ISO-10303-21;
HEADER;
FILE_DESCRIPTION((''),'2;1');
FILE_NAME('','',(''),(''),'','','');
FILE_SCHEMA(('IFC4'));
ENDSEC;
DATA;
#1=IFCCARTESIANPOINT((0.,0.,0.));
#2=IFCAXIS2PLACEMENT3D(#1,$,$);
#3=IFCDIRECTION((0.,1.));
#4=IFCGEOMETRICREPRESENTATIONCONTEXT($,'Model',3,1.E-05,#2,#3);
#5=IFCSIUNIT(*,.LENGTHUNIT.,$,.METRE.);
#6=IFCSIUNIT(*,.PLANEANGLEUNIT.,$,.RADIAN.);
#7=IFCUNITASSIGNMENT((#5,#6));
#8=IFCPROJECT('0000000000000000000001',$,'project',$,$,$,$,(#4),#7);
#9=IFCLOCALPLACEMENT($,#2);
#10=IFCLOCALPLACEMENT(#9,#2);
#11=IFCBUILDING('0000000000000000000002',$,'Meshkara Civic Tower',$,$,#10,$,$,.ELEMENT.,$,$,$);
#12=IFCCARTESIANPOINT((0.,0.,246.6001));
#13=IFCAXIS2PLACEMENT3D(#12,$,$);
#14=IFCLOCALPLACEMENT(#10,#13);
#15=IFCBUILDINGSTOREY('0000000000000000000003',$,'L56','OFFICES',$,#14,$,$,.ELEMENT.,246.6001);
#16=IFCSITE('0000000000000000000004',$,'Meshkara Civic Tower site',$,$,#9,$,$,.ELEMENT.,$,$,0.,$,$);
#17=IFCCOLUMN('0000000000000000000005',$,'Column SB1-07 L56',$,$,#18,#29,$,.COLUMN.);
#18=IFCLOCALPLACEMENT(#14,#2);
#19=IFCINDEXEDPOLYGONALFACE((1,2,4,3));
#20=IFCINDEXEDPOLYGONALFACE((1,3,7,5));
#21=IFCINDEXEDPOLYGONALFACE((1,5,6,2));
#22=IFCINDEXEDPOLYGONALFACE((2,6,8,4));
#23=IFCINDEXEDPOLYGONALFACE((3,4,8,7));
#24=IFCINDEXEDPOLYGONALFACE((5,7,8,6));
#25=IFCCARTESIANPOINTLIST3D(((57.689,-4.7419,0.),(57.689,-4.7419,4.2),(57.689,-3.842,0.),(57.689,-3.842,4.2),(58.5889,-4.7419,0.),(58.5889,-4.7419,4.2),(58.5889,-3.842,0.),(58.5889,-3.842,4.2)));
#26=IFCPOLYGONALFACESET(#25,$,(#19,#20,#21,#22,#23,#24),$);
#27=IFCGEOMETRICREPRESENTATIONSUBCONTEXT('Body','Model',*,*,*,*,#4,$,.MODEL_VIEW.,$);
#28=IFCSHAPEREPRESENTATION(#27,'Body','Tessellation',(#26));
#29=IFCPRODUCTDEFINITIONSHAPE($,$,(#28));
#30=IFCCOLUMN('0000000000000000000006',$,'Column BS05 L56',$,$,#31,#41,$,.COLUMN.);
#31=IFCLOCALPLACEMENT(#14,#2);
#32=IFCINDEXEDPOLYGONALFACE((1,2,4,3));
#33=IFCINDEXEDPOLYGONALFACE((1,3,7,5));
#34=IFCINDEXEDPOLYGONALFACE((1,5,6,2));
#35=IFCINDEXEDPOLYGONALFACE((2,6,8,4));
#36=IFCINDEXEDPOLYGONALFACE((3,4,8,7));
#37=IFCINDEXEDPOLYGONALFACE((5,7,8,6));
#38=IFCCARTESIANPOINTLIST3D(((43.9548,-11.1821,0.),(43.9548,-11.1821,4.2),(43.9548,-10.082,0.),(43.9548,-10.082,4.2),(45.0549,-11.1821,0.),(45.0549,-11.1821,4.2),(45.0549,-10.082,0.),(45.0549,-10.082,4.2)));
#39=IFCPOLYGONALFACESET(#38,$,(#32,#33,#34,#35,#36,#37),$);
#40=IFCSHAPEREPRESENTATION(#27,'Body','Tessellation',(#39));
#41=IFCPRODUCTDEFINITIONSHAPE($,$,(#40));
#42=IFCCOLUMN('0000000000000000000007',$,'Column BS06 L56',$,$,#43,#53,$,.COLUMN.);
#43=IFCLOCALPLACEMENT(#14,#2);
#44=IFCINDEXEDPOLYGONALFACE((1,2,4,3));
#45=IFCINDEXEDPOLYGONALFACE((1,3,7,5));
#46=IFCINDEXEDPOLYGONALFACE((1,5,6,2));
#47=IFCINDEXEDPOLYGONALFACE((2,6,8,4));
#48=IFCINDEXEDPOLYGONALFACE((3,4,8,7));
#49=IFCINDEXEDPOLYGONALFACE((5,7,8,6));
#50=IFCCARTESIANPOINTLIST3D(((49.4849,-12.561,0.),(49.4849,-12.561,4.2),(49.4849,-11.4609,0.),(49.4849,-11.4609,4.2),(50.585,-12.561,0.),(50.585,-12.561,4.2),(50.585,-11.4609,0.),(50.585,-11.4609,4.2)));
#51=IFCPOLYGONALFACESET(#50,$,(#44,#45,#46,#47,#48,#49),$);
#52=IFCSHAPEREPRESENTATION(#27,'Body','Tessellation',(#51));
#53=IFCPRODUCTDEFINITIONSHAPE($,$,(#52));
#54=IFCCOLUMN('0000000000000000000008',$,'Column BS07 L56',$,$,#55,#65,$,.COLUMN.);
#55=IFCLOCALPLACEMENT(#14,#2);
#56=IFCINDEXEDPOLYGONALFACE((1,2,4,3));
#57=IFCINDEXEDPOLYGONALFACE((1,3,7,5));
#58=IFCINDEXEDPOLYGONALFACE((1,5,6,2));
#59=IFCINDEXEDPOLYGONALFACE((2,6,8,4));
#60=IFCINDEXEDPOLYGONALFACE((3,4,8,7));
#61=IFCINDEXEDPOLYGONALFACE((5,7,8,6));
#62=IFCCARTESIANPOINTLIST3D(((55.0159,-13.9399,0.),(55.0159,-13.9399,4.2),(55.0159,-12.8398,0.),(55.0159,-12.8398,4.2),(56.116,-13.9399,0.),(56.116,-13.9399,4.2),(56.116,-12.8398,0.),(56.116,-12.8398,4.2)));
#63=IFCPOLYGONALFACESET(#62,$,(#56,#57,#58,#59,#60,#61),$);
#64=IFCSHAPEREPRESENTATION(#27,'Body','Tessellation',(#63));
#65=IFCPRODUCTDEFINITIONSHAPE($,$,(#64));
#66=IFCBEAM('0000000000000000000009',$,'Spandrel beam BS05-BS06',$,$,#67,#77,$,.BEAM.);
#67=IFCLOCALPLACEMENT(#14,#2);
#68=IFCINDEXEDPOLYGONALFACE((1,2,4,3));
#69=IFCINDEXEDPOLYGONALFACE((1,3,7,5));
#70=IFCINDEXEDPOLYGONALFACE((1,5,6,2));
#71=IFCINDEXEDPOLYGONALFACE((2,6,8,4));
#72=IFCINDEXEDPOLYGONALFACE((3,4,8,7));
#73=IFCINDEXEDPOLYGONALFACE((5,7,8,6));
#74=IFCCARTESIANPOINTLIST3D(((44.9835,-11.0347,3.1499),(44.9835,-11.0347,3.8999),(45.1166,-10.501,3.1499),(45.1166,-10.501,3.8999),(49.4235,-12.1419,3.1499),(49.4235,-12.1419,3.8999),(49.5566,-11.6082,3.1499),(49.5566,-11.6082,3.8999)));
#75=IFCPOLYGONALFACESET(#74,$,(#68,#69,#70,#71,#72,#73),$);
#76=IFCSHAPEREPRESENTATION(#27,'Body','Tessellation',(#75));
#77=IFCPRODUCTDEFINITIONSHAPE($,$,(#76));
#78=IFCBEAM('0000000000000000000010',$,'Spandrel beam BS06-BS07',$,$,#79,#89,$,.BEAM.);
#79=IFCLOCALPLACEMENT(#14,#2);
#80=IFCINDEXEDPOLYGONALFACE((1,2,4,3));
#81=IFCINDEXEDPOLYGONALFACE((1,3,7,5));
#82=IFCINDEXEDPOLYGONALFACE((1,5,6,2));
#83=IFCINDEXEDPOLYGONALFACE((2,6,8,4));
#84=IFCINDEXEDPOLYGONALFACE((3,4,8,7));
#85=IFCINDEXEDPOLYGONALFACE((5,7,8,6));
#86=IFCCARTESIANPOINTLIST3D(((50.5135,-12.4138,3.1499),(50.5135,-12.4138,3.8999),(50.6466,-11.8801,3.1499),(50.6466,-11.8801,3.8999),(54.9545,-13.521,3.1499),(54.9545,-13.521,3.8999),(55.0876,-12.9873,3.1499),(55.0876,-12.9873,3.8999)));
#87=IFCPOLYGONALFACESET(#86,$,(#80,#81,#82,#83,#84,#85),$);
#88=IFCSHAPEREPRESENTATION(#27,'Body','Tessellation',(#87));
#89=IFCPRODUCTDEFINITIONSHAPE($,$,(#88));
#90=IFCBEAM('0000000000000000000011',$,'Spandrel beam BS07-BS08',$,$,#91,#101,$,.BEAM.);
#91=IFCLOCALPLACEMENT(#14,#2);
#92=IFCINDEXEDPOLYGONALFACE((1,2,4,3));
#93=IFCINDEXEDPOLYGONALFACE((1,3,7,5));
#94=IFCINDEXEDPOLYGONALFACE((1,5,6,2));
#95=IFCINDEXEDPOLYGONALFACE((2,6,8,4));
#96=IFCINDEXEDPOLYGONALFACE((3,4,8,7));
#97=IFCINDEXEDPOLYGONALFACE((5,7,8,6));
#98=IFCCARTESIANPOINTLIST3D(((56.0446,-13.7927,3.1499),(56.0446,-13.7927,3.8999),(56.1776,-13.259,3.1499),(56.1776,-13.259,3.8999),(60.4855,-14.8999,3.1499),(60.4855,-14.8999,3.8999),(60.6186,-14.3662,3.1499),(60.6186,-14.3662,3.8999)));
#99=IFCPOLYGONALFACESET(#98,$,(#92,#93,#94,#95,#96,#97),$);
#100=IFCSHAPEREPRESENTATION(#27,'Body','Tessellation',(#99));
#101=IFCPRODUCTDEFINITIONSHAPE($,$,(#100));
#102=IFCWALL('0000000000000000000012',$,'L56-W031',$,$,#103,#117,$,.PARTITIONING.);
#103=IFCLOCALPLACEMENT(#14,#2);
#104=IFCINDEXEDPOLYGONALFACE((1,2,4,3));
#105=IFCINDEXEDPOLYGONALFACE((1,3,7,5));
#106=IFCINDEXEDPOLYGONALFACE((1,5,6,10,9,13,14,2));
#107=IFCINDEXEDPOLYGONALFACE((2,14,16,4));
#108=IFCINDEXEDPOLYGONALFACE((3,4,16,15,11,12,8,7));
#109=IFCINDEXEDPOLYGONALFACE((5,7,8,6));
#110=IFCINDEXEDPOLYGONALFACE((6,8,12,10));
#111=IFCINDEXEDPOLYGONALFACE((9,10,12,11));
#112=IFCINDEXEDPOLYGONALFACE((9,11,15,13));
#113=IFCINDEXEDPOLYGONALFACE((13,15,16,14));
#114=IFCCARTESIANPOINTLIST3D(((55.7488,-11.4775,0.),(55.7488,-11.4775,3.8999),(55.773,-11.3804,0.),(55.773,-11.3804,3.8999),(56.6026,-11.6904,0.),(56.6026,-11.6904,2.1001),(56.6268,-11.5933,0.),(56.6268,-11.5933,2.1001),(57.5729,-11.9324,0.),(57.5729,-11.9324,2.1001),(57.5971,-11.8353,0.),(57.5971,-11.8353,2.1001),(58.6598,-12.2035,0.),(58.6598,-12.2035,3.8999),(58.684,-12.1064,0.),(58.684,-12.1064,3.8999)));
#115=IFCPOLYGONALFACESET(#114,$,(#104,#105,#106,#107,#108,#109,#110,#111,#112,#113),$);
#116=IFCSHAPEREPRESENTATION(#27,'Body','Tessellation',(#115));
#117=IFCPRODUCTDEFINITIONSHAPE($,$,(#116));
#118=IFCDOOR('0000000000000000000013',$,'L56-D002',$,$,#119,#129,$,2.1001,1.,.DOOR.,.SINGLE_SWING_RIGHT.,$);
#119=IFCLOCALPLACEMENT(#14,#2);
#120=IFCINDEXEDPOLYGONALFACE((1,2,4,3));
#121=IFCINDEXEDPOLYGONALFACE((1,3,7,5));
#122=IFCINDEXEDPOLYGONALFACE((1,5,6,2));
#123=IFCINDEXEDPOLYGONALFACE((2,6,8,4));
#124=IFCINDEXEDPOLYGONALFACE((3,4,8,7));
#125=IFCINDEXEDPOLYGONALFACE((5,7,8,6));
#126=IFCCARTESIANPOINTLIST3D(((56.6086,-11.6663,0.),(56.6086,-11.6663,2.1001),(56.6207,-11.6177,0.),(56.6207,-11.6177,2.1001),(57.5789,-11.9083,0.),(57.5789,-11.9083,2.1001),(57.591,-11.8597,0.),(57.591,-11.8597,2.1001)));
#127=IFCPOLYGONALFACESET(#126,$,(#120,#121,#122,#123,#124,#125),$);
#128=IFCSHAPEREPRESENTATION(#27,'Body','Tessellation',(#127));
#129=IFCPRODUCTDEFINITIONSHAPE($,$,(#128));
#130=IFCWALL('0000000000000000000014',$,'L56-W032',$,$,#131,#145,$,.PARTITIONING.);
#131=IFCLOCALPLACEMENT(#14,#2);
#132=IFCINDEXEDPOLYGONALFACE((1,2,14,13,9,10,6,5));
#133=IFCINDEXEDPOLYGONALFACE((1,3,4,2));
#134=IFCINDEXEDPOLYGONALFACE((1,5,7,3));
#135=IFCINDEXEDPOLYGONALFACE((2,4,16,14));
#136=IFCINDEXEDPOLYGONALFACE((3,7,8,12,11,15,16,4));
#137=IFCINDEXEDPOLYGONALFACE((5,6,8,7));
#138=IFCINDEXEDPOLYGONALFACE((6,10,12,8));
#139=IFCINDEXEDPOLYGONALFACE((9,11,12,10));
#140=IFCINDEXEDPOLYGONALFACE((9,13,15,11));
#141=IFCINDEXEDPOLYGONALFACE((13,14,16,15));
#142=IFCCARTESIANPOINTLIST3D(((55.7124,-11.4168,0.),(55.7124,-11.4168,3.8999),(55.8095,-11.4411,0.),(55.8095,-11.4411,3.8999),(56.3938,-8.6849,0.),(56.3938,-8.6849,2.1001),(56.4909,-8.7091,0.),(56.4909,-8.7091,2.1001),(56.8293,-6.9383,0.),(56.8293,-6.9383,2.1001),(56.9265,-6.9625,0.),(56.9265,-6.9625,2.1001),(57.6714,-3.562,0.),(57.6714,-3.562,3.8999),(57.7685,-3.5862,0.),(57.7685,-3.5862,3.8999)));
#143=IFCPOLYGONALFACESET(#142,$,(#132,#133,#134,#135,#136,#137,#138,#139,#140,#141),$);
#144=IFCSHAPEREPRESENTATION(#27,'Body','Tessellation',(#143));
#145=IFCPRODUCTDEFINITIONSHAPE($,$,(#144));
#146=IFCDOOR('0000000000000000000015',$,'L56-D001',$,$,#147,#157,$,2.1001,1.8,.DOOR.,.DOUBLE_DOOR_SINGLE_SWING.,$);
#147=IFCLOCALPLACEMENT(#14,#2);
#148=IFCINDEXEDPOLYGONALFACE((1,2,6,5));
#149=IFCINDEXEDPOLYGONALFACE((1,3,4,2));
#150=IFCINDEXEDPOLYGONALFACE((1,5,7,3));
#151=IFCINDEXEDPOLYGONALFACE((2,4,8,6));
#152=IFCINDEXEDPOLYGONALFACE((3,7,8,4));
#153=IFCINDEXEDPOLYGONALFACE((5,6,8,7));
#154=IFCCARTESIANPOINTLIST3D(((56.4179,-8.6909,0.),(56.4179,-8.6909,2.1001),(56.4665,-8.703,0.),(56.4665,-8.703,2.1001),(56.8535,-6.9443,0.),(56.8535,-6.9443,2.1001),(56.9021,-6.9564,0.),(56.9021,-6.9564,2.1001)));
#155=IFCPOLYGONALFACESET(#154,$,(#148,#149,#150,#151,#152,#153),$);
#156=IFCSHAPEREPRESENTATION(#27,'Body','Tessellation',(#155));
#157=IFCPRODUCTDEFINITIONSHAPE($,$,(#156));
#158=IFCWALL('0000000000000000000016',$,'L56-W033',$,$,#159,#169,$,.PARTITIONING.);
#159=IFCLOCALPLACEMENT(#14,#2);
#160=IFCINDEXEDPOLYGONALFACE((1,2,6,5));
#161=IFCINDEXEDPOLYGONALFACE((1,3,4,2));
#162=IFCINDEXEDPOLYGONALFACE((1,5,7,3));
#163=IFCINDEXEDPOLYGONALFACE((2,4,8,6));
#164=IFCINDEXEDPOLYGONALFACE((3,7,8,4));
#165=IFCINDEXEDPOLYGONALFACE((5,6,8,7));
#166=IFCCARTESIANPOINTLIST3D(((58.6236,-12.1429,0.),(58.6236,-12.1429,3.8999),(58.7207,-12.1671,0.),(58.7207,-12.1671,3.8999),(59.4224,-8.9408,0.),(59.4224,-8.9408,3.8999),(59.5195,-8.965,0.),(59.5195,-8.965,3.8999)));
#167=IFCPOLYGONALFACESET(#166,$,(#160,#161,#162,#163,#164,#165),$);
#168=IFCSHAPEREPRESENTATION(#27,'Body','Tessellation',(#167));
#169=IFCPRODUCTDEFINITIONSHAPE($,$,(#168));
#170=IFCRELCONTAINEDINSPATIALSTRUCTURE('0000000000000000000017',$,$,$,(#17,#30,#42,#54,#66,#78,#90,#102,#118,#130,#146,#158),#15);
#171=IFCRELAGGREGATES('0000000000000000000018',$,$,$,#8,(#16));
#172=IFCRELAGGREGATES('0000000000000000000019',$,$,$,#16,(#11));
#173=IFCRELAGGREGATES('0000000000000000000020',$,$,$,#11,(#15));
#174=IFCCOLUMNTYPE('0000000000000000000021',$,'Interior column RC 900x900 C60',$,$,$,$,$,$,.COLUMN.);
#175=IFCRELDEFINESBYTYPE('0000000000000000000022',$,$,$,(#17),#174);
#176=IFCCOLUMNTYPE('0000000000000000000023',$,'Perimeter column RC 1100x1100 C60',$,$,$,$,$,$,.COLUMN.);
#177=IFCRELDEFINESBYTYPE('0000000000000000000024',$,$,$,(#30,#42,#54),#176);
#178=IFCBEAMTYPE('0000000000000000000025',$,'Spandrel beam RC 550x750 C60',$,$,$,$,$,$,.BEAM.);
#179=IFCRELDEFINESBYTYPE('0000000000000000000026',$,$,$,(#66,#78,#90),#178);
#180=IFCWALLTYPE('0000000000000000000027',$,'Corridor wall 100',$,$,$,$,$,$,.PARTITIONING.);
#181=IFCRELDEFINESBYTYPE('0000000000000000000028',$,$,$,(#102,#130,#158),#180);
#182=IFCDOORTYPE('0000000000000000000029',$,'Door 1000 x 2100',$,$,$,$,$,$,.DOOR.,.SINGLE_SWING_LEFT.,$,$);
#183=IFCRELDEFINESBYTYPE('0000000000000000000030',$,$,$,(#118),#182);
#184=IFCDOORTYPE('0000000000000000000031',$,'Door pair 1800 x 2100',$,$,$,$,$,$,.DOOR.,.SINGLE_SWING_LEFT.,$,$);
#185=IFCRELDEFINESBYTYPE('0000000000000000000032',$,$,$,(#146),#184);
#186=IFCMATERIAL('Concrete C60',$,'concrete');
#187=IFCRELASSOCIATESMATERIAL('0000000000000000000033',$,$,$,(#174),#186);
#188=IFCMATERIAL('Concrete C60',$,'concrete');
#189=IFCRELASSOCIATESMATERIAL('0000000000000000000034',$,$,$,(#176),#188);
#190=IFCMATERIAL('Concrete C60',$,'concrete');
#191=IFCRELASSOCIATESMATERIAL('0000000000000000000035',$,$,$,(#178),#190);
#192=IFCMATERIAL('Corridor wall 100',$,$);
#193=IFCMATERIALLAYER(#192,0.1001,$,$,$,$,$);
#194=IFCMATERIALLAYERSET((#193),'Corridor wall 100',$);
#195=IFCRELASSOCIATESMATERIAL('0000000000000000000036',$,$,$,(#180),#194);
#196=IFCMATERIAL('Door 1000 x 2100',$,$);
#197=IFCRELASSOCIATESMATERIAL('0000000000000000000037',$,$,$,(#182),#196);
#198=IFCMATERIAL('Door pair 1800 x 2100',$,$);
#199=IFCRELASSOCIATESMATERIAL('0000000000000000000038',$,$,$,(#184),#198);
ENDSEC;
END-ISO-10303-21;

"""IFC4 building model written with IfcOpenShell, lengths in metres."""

from ifc_helpers import new_model, si_unit, direction, frame, frame_2d, origin, origin_2d, place, context, subcontext, project, spatial, rectangle, extrude, material, layer, layer_set, material_profile, profile_set, type_object, element, fill, save


model = new_model("IFC4")

# Units and contexts
model_context = context("Model", 3, precision=1e-05, world=origin(), true_north=direction((0.0, 1.0)))
body_context = subcontext(model_context, "Body", "Model", "MODEL_VIEW")
ifc_project = project(units=[si_unit("LENGTHUNIT", "METRE"), si_unit("PLANEANGLEUNIT", "RADIAN")], contexts=[model_context])

# Site, building, storey
site_placement = place(None, origin())
site = spatial("IfcSite", under=ifc_project, at=site_placement, Name="Meshkara Civic Tower site", CompositionType="ELEMENT", RefElevation=0.0)
building_placement = place(site_placement, origin())
building = spatial("IfcBuilding", under=site, at=building_placement, Name="Meshkara Civic Tower", CompositionType="ELEMENT")
storey_placement = place(building_placement, frame((0.0, 0.0, 246.6001)))
storey = spatial("IfcBuildingStorey", under=building, at=storey_placement, Name="L56", Description="OFFICES", CompositionType="ELEMENT", Elevation=246.6001)

# Columns
ifc_material_1 = material(Name="Concrete C60", Category="concrete")
ifc_material_profile_1 = material_profile(ifc_material_1, rectangle(XDim=0.8999, YDim=0.8999, at=origin_2d()))
ifc_profile_set_1 = profile_set([ifc_material_profile_1], Name="Concrete C60")
column_type_1 = type_object("IfcColumnType", Name="Interior column RC 900x900 C60", PredefinedType="COLUMN", material=ifc_profile_set_1)
column_placement = place(storey_placement, frame((58.1389, -4.292, 0.0), z_axis=(0.0, 0.0, 1.0), x_axis=(1.0, 0.0, 0.0)))
element("IfcColumn", 1, at=column_placement, inside=storey, type_object=column_type_1, Name="Column SB1-07 L56", PredefinedType="COLUMN", context=body_context, shape_type="SweptSolid", body=[
    extrude(rectangle(XDim=0.8999, YDim=0.8999, at=origin_2d()), origin(), (0.0, 0.0, 1.0), 4.2),
])
ifc_material_2 = material(Name="Concrete C60", Category="concrete")
ifc_material_profile_2 = material_profile(ifc_material_2, rectangle(XDim=1.1001, YDim=1.1001, at=origin_2d()))
ifc_profile_set_2 = profile_set([ifc_material_profile_2], Name="Concrete C60")
column_type_2 = type_object("IfcColumnType", Name="Perimeter column RC 1100x1100 C60", PredefinedType="COLUMN", material=ifc_profile_set_2)
for number, where, z_axis, x_axis, name in (
    (2, (44.5049, -10.6321, 0.0), (0.0, 0.0, 1.0), (1.0, 0.0, 0.0), "Column BS05 L56"),
    (3, (50.0349, -12.011, 0.0), (0.0, 0.0, 1.0), (1.0, 0.0, 0.0), "Column BS06 L56"),
    (4, (55.5659, -13.3899, 0.0), (0.0, 0.0, 1.0), (1.0, 0.0, 0.0), "Column BS07 L56"),
):
    element("IfcColumn", number, at=place(storey_placement, frame(where, z_axis=z_axis, x_axis=x_axis)), inside=storey, type_object=column_type_2, Name=name, PredefinedType="COLUMN", context=body_context, shape_type="SweptSolid", body=[
        extrude(rectangle(XDim=1.1001, YDim=1.1001, at=origin_2d()), origin(), (0.0, 0.0, 1.0), 4.2),
    ])

# Beams
ifc_material_3 = material(Name="Concrete C60", Category="concrete")
ifc_material_profile_3 = material_profile(ifc_material_3, rectangle(XDim=0.55, YDim=0.75, at=origin_2d()))
ifc_profile_set_3 = profile_set([ifc_material_profile_3], Name="Concrete C60")
beam_type = type_object("IfcBeamType", Name="Spandrel beam RC 550x750 C60", PredefinedType="BEAM", material=ifc_profile_set_3)
beam_placement = place(storey_placement, frame((45.05, -10.7678, 3.5249), z_axis=(0.970287, -0.241958, 0.0), x_axis=(0.241958, 0.970287, 0.0)))
element("IfcBeam", 5, at=beam_placement, inside=storey, type_object=beam_type, Name="Spandrel beam BS05-BS06", PredefinedType="BEAM", context=body_context, shape_type="SweptSolid", body=[
    extrude(rectangle(XDim=0.55, YDim=0.75, at=origin_2d()), origin(), (0.0, 0.0, 1.0), 4.5759),
])
for number, where, z_axis, x_axis, name in (
    (6, (50.5801, -12.147, 3.5249), (0.970299, -0.241908, 0.0), (0.241908, 0.970299, 0.0), "Spandrel beam BS06-BS07"),
    (7, (56.1111, -13.5259, 3.5249), (0.970299, -0.241908, 0.0), (0.241908, 0.970299, 0.0), "Spandrel beam BS07-BS08"),
):
    element("IfcBeam", number, at=place(storey_placement, frame(where, z_axis=z_axis, x_axis=x_axis)), inside=storey, type_object=beam_type, Name=name, PredefinedType="BEAM", context=body_context, shape_type="SweptSolid", body=[
        extrude(rectangle(XDim=0.55, YDim=0.75, at=origin_2d()), origin(), (0.0, 0.0, 1.0), 4.5769),
    ])

# Walls, openings, doors
ifc_material_4 = material(Name="Corridor wall 100")
ifc_layer_1 = layer(ifc_material_4, 0.1001)
ifc_layer_set_1 = layer_set([ifc_layer_1], Name="Corridor wall 100")
wall_type_1 = type_object("IfcWallType", Name="Corridor wall 100", PredefinedType="PARTITIONING", material=ifc_layer_set_1)
wall_1_placement = place(storey_placement, frame((55.761, -11.429, 0.0), z_axis=(0.0, 0.0, 1.0), x_axis=(0.970276, -0.241999, 0.0)))
wall_1 = element("IfcWall", 8, at=wall_1_placement, inside=storey, type_object=wall_type_1, Name="L56-W031", PredefinedType="PARTITIONING", context=body_context, shape_type="SweptSolid", body=[
    extrude(rectangle(XDim=3.0002, YDim=0.1001, at=frame_2d((1.5, 0.0))), origin(), (0.0, 0.0, 1.0), 3.8999),
])
opening_1_placement = place(wall_1_placement, frame((0.8799, 0.0, 0.0)))
opening_1 = element("IfcOpeningElement", 9, at=opening_1_placement, cuts=wall_1, PredefinedType="OPENING", context=body_context, shape_type="SweptSolid", body=[
    extrude(rectangle(XDim=1.0, YDim=2.1001, at=frame_2d((0.5, 1.05))), frame((0.0, 0.0601, 0.0), z_axis=(0.0, -1.0, 0.0), x_axis=(1.0, 0.0, 0.0)), (0.0, 0.0, 1.0), 0.1201),
])
ifc_material_5 = material(Name="Door 1000 x 2100")
door_type_1 = type_object("IfcDoorType", Name="Door 1000 x 2100", OperationType="SINGLE_SWING_LEFT", PredefinedType="DOOR", material=ifc_material_5)
door_1_placement = place(opening_1_placement, origin())
door_1 = element("IfcDoor", 10, at=door_1_placement, inside=storey, type_object=door_type_1, Name="L56-D002", OperationType="SINGLE_SWING_RIGHT", OverallHeight=2.1001, OverallWidth=1.0, PredefinedType="DOOR", context=body_context, shape_type="SweptSolid", body=[
    extrude(rectangle(XDim=1.0, YDim=2.1001, at=frame_2d((0.5, 1.05))), frame((0.0, 0.0249, 0.0), z_axis=(0.0, -1.0, 0.0), x_axis=(1.0, 0.0, 0.0)), (0.0, 0.0, 1.0), 0.05),
])
fill(opening_1, door_1)
wall_2_placement = place(storey_placement, frame((57.72, -3.574, 0.0), z_axis=(0.0, 0.0, 1.0), x_axis=(-0.241982, -0.970281, 0.0)))
wall_2 = element("IfcWall", 11, at=wall_2_placement, inside=storey, type_object=wall_type_1, Name="L56-W032", PredefinedType="PARTITIONING", context=body_context, shape_type="SweptSolid", body=[
    extrude(rectangle(XDim=8.0955, YDim=0.1001, at=frame_2d((4.0479, 0.0))), origin(), (0.0, 0.0, 1.0), 3.8999),
])
opening_2_placement = place(wall_2_placement, frame((3.48, 0.0, 0.0)))
opening_2 = element("IfcOpeningElement", 12, at=opening_2_placement, cuts=wall_2, PredefinedType="OPENING", context=body_context, shape_type="SweptSolid", body=[
    extrude(rectangle(XDim=1.8, YDim=2.1001, at=frame_2d((0.8999, 1.05))), frame((0.0, 0.0601, 0.0), z_axis=(0.0, -1.0, 0.0), x_axis=(1.0, 0.0, 0.0)), (0.0, 0.0, 1.0), 0.1201),
])
ifc_material_6 = material(Name="Door pair 1800 x 2100")
door_type_2 = type_object("IfcDoorType", Name="Door pair 1800 x 2100", OperationType="SINGLE_SWING_LEFT", PredefinedType="DOOR", material=ifc_material_6)
door_2_placement = place(opening_2_placement, origin())
door_2 = element("IfcDoor", 13, at=door_2_placement, inside=storey, type_object=door_type_2, Name="L56-D001", OperationType="DOUBLE_DOOR_SINGLE_SWING", OverallHeight=2.1001, OverallWidth=1.8, PredefinedType="DOOR", context=body_context, shape_type="SweptSolid", body=[
    extrude(rectangle(XDim=1.8, YDim=2.1001, at=frame_2d((0.8999, 1.05))), frame((0.0, 0.0249, 0.0), z_axis=(0.0, -1.0, 0.0), x_axis=(1.0, 0.0, 0.0)), (0.0, 0.0, 1.0), 0.05),
])
fill(opening_2, door_2)

# Wall
wall_3_placement = place(storey_placement, frame((58.6721, -12.155, 0.0), z_axis=(0.0, 0.0, 1.0), x_axis=(0.242048, 0.970264, 0.0)))
element("IfcWall", 14, at=wall_3_placement, inside=storey, type_object=wall_type_1, Name="L56-W033", PredefinedType="PARTITIONING", context=body_context, shape_type="SweptSolid", body=[
    extrude(rectangle(XDim=3.3003, YDim=0.1001, at=frame_2d((1.6501, 0.0))), origin(), (0.0, 0.0, 1.0), 3.8999),
])

save(model, "model.ifc")
